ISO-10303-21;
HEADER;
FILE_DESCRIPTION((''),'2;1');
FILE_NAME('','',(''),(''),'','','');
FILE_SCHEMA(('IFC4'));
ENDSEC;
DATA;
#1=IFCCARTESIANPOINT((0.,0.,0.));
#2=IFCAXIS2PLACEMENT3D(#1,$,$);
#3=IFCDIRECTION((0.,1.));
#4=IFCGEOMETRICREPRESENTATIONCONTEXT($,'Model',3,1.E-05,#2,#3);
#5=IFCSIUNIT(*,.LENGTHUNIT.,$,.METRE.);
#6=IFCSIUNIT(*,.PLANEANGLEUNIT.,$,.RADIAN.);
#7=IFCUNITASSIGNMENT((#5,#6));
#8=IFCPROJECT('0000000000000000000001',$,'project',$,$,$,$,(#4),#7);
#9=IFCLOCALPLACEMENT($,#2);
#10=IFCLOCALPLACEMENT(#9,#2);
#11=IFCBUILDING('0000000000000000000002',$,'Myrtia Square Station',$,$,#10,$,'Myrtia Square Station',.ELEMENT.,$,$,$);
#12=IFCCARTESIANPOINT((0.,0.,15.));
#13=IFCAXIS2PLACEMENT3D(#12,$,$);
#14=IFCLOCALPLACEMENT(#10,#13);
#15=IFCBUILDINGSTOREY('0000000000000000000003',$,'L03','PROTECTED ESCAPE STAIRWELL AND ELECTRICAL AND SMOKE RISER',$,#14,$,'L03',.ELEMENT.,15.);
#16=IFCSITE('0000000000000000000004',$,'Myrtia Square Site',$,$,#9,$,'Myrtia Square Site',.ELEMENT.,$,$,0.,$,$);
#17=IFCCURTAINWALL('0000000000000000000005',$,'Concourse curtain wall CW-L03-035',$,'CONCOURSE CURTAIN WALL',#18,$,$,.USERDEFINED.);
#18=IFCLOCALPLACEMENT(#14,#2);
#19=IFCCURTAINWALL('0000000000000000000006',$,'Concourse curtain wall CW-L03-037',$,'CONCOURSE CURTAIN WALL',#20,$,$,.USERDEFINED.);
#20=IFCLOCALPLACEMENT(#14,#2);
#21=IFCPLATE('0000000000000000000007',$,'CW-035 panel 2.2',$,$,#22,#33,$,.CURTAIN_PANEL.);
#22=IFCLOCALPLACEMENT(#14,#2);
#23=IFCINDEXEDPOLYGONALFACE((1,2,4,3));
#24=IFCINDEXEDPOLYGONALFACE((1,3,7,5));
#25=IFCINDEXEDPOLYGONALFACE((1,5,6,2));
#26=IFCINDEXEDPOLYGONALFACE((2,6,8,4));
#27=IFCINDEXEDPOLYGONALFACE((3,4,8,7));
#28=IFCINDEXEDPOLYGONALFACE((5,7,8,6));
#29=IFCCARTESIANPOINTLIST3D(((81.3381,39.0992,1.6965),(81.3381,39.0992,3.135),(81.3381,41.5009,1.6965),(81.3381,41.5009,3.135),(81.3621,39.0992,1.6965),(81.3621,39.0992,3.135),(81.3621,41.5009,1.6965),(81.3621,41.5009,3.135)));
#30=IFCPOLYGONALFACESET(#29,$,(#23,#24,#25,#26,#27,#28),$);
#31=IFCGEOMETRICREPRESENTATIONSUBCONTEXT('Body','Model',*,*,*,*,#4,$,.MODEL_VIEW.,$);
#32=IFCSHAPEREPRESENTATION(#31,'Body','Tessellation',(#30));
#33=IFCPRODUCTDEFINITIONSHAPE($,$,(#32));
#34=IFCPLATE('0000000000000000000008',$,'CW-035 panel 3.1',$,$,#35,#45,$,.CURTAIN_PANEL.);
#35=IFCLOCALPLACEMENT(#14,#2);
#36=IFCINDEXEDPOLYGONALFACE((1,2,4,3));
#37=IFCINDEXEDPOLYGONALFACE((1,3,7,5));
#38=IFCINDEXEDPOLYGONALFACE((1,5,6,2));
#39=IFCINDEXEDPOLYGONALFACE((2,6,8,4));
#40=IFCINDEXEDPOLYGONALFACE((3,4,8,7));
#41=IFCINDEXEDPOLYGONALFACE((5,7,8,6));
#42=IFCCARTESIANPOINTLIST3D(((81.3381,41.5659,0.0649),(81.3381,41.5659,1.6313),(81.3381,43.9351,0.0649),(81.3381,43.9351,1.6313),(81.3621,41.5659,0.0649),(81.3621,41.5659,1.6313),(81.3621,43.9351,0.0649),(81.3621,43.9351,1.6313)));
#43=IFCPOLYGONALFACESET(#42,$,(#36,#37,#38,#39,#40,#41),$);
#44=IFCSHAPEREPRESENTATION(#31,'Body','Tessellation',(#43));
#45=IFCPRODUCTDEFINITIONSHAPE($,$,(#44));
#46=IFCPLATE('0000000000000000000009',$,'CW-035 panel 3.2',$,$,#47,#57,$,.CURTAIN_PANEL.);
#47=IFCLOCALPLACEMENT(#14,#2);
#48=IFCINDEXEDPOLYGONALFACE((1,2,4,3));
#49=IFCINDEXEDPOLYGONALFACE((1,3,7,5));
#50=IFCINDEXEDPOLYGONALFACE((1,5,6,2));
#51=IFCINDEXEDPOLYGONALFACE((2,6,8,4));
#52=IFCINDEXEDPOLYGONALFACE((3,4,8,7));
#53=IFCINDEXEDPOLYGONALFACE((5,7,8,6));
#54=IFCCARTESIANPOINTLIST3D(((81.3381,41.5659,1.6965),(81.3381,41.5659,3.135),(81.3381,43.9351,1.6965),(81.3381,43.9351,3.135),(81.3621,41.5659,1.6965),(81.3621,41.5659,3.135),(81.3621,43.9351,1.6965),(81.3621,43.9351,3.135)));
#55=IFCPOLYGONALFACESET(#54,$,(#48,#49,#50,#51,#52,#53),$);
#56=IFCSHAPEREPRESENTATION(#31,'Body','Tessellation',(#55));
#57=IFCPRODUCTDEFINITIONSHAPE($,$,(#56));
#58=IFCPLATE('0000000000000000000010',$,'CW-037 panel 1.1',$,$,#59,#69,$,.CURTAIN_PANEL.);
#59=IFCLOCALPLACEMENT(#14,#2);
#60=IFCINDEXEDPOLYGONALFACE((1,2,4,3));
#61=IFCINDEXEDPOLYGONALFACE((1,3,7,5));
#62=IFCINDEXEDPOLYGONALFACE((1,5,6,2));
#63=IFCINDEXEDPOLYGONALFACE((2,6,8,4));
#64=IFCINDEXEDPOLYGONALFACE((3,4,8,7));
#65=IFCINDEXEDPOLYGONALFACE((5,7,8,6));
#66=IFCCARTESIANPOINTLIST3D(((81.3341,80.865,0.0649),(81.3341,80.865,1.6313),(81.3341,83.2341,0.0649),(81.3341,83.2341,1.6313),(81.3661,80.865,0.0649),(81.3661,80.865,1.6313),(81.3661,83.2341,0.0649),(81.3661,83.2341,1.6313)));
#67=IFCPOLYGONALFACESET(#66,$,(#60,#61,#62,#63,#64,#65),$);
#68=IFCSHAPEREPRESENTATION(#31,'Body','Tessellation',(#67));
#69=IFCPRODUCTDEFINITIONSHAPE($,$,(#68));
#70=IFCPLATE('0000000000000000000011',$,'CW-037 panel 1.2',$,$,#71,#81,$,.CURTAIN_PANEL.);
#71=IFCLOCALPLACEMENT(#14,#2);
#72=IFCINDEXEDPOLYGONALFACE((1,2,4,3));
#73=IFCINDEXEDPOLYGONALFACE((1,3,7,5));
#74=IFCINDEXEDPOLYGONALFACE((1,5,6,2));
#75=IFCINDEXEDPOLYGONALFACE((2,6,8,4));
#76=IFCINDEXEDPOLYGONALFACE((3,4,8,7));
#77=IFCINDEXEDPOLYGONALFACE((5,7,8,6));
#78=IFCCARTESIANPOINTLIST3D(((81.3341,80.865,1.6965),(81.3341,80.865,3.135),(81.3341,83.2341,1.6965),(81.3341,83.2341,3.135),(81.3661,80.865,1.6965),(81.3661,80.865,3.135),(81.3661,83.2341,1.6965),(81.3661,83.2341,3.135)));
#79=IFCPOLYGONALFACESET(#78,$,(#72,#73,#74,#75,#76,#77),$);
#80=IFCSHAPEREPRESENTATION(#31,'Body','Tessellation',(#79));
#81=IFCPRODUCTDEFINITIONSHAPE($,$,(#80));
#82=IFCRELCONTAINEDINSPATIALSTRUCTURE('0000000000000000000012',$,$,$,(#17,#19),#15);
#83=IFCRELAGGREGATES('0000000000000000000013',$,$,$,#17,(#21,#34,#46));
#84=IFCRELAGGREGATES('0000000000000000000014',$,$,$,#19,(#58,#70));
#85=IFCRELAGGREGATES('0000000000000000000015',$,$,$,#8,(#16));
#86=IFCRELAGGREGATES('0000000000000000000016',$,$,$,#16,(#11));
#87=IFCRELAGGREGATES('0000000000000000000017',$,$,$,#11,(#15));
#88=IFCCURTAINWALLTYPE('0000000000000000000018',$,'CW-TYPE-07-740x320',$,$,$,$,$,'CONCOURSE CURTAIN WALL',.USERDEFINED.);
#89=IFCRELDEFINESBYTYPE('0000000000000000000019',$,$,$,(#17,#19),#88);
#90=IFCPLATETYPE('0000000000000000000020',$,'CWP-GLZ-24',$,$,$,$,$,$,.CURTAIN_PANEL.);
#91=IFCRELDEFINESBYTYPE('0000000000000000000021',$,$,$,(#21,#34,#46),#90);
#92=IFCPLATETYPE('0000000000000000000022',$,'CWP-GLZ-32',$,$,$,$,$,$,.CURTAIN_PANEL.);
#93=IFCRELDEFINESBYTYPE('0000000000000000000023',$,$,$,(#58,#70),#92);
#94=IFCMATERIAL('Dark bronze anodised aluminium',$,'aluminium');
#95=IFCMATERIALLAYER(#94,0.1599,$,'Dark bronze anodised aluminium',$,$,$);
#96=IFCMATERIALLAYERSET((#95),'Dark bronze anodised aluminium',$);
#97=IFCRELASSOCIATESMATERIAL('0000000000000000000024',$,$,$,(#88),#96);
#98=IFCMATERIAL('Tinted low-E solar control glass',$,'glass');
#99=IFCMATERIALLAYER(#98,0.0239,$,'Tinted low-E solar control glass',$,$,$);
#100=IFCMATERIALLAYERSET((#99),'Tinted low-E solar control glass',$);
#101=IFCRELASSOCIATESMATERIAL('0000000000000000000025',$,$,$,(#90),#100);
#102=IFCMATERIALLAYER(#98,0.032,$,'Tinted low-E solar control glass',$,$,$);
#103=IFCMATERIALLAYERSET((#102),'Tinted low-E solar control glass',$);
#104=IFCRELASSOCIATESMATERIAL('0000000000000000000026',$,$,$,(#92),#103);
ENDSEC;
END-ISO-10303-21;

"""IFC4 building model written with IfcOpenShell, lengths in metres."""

from ifc_helpers import new_model, si_unit, direction, frame, origin, origin_2d, place, context, subcontext, project, spatial, rectangle, extrude, material, layer, layer_set, type_object, element, aggregate, save


model = new_model("IFC4")

# Units and contexts
model_context = context("Model", 3, precision=1e-05, world=origin(), true_north=direction((0.0, 1.0)))
body_context = subcontext(model_context, "Body", "Model", "MODEL_VIEW")
ifc_project = project(units=[si_unit("LENGTHUNIT", "METRE"), si_unit("PLANEANGLEUNIT", "RADIAN")], contexts=[model_context])

# Site, building, storey
site_placement = place(None, origin())
site = spatial("IfcSite", under=ifc_project, at=site_placement, Name="Myrtia Square Site", LongName="Myrtia Square Site", CompositionType="ELEMENT", RefElevation=0.0)
building_placement = place(site_placement, origin())
building = spatial("IfcBuilding", under=site, at=building_placement, Name="Myrtia Square Station", LongName="Myrtia Square Station", CompositionType="ELEMENT")
storey_placement = place(building_placement, frame((0.0, 0.0, 15.0)))
storey = spatial("IfcBuildingStorey", under=building, at=storey_placement, Name="L03", Description="PROTECTED ESCAPE STAIRWELL AND ELECTRICAL AND SMOKE RISER", LongName="L03", CompositionType="ELEMENT", Elevation=15.0)

# Curtain walls
ifc_material_1 = material(Name="Dark bronze anodised aluminium", Category="aluminium")
ifc_layer_1 = layer(ifc_material_1, 0.1599, Name="Dark bronze anodised aluminium")
ifc_layer_set_1 = layer_set([ifc_layer_1], Name="Dark bronze anodised aluminium")
curtain_wall_type = type_object("IfcCurtainWallType", Name="CW-TYPE-07-740x320", ElementType="CONCOURSE CURTAIN WALL", PredefinedType="USERDEFINED", material=ifc_layer_set_1)
curtain_wall_1_placement = place(storey_placement, origin())
curtain_wall_1 = element("IfcCurtainWall", 1, at=curtain_wall_1_placement, inside=storey, type_object=curtain_wall_type, Name="Concourse curtain wall CW-L03-035", ObjectType="CONCOURSE CURTAIN WALL", PredefinedType="USERDEFINED")
curtain_wall_2_placement = place(storey_placement, origin())
curtain_wall_2 = element("IfcCurtainWall", 2, at=curtain_wall_2_placement, inside=storey, type_object=curtain_wall_type, Name="Concourse curtain wall CW-L03-037", ObjectType="CONCOURSE CURTAIN WALL", PredefinedType="USERDEFINED")

# Plates
ifc_material_2 = material(Name="Tinted low-E solar control glass", Category="glass")
ifc_layer_2 = layer(ifc_material_2, 0.0239, Name="Tinted low-E solar control glass")
ifc_layer_set_2 = layer_set([ifc_layer_2], Name="Tinted low-E solar control glass")
plate_type_1 = type_object("IfcPlateType", Name="CWP-GLZ-24", PredefinedType="CURTAIN_PANEL", material=ifc_layer_set_2)
plate_1_placement = place(storey_placement, frame((81.3501, 40.3, 1.6965), z_axis=(0.0, 0.0, 1.0), x_axis=(0.0, 1.0, 0.0)))
plate_1 = element("IfcPlate", 3, at=plate_1_placement, type_object=plate_type_1, Name="CW-035 panel 2.2", PredefinedType="CURTAIN_PANEL", context=body_context, shape_type="SweptSolid", body=[
    extrude(rectangle(XDim=2.4016, YDim=0.0239, at=origin_2d()), origin(), (0.0, 0.0, 1.0), 1.4385),
])
plate_2_placement = place(storey_placement, frame((81.3501, 42.7505, 0.0649), z_axis=(0.0, 0.0, 1.0), x_axis=(0.0, 1.0, 0.0)))
plate_2 = element("IfcPlate", 4, at=plate_2_placement, type_object=plate_type_1, Name="CW-035 panel 3.1", PredefinedType="CURTAIN_PANEL", context=body_context, shape_type="SweptSolid", body=[
    extrude(rectangle(XDim=2.3691, YDim=0.0239, at=origin_2d()), origin(), (0.0, 0.0, 1.0), 1.5664),
])
plate_3_placement = place(storey_placement, frame((81.3501, 42.7505, 1.6965), z_axis=(0.0, 0.0, 1.0), x_axis=(0.0, 1.0, 0.0)))
plate_3 = element("IfcPlate", 5, at=plate_3_placement, type_object=plate_type_1, Name="CW-035 panel 3.2", PredefinedType="CURTAIN_PANEL", context=body_context, shape_type="SweptSolid", body=[
    extrude(rectangle(XDim=2.3691, YDim=0.0239, at=origin_2d()), origin(), (0.0, 0.0, 1.0), 1.4385),
])
aggregate(curtain_wall_1, [plate_1, plate_2, plate_3])
ifc_layer_3 = layer(ifc_material_2, 0.032, Name="Tinted low-E solar control glass")
ifc_layer_set_3 = layer_set([ifc_layer_3], Name="Tinted low-E solar control glass")
plate_type_2 = type_object("IfcPlateType", Name="CWP-GLZ-32", PredefinedType="CURTAIN_PANEL", material=ifc_layer_set_3)
plate_4_placement = place(storey_placement, frame((81.3501, 82.0496, 0.0649), z_axis=(0.0, 0.0, 1.0), x_axis=(0.0, 1.0, 0.0)))
plate_4 = element("IfcPlate", 6, at=plate_4_placement, type_object=plate_type_2, Name="CW-037 panel 1.1", PredefinedType="CURTAIN_PANEL", context=body_context, shape_type="SweptSolid", body=[
    extrude(rectangle(XDim=2.3691, YDim=0.032, at=origin_2d()), origin(), (0.0, 0.0, 1.0), 1.5664),
])
plate_5_placement = place(storey_placement, frame((81.3501, 82.0496, 1.6965), z_axis=(0.0, 0.0, 1.0), x_axis=(0.0, 1.0, 0.0)))
plate_5 = element("IfcPlate", 7, at=plate_5_placement, type_object=plate_type_2, Name="CW-037 panel 1.2", PredefinedType="CURTAIN_PANEL", context=body_context, shape_type="SweptSolid", body=[
    extrude(rectangle(XDim=2.3691, YDim=0.032, at=origin_2d()), origin(), (0.0, 0.0, 1.0), 1.4385),
])
aggregate(curtain_wall_2, [plate_4, plate_5])

save(model, "model.ifc")
